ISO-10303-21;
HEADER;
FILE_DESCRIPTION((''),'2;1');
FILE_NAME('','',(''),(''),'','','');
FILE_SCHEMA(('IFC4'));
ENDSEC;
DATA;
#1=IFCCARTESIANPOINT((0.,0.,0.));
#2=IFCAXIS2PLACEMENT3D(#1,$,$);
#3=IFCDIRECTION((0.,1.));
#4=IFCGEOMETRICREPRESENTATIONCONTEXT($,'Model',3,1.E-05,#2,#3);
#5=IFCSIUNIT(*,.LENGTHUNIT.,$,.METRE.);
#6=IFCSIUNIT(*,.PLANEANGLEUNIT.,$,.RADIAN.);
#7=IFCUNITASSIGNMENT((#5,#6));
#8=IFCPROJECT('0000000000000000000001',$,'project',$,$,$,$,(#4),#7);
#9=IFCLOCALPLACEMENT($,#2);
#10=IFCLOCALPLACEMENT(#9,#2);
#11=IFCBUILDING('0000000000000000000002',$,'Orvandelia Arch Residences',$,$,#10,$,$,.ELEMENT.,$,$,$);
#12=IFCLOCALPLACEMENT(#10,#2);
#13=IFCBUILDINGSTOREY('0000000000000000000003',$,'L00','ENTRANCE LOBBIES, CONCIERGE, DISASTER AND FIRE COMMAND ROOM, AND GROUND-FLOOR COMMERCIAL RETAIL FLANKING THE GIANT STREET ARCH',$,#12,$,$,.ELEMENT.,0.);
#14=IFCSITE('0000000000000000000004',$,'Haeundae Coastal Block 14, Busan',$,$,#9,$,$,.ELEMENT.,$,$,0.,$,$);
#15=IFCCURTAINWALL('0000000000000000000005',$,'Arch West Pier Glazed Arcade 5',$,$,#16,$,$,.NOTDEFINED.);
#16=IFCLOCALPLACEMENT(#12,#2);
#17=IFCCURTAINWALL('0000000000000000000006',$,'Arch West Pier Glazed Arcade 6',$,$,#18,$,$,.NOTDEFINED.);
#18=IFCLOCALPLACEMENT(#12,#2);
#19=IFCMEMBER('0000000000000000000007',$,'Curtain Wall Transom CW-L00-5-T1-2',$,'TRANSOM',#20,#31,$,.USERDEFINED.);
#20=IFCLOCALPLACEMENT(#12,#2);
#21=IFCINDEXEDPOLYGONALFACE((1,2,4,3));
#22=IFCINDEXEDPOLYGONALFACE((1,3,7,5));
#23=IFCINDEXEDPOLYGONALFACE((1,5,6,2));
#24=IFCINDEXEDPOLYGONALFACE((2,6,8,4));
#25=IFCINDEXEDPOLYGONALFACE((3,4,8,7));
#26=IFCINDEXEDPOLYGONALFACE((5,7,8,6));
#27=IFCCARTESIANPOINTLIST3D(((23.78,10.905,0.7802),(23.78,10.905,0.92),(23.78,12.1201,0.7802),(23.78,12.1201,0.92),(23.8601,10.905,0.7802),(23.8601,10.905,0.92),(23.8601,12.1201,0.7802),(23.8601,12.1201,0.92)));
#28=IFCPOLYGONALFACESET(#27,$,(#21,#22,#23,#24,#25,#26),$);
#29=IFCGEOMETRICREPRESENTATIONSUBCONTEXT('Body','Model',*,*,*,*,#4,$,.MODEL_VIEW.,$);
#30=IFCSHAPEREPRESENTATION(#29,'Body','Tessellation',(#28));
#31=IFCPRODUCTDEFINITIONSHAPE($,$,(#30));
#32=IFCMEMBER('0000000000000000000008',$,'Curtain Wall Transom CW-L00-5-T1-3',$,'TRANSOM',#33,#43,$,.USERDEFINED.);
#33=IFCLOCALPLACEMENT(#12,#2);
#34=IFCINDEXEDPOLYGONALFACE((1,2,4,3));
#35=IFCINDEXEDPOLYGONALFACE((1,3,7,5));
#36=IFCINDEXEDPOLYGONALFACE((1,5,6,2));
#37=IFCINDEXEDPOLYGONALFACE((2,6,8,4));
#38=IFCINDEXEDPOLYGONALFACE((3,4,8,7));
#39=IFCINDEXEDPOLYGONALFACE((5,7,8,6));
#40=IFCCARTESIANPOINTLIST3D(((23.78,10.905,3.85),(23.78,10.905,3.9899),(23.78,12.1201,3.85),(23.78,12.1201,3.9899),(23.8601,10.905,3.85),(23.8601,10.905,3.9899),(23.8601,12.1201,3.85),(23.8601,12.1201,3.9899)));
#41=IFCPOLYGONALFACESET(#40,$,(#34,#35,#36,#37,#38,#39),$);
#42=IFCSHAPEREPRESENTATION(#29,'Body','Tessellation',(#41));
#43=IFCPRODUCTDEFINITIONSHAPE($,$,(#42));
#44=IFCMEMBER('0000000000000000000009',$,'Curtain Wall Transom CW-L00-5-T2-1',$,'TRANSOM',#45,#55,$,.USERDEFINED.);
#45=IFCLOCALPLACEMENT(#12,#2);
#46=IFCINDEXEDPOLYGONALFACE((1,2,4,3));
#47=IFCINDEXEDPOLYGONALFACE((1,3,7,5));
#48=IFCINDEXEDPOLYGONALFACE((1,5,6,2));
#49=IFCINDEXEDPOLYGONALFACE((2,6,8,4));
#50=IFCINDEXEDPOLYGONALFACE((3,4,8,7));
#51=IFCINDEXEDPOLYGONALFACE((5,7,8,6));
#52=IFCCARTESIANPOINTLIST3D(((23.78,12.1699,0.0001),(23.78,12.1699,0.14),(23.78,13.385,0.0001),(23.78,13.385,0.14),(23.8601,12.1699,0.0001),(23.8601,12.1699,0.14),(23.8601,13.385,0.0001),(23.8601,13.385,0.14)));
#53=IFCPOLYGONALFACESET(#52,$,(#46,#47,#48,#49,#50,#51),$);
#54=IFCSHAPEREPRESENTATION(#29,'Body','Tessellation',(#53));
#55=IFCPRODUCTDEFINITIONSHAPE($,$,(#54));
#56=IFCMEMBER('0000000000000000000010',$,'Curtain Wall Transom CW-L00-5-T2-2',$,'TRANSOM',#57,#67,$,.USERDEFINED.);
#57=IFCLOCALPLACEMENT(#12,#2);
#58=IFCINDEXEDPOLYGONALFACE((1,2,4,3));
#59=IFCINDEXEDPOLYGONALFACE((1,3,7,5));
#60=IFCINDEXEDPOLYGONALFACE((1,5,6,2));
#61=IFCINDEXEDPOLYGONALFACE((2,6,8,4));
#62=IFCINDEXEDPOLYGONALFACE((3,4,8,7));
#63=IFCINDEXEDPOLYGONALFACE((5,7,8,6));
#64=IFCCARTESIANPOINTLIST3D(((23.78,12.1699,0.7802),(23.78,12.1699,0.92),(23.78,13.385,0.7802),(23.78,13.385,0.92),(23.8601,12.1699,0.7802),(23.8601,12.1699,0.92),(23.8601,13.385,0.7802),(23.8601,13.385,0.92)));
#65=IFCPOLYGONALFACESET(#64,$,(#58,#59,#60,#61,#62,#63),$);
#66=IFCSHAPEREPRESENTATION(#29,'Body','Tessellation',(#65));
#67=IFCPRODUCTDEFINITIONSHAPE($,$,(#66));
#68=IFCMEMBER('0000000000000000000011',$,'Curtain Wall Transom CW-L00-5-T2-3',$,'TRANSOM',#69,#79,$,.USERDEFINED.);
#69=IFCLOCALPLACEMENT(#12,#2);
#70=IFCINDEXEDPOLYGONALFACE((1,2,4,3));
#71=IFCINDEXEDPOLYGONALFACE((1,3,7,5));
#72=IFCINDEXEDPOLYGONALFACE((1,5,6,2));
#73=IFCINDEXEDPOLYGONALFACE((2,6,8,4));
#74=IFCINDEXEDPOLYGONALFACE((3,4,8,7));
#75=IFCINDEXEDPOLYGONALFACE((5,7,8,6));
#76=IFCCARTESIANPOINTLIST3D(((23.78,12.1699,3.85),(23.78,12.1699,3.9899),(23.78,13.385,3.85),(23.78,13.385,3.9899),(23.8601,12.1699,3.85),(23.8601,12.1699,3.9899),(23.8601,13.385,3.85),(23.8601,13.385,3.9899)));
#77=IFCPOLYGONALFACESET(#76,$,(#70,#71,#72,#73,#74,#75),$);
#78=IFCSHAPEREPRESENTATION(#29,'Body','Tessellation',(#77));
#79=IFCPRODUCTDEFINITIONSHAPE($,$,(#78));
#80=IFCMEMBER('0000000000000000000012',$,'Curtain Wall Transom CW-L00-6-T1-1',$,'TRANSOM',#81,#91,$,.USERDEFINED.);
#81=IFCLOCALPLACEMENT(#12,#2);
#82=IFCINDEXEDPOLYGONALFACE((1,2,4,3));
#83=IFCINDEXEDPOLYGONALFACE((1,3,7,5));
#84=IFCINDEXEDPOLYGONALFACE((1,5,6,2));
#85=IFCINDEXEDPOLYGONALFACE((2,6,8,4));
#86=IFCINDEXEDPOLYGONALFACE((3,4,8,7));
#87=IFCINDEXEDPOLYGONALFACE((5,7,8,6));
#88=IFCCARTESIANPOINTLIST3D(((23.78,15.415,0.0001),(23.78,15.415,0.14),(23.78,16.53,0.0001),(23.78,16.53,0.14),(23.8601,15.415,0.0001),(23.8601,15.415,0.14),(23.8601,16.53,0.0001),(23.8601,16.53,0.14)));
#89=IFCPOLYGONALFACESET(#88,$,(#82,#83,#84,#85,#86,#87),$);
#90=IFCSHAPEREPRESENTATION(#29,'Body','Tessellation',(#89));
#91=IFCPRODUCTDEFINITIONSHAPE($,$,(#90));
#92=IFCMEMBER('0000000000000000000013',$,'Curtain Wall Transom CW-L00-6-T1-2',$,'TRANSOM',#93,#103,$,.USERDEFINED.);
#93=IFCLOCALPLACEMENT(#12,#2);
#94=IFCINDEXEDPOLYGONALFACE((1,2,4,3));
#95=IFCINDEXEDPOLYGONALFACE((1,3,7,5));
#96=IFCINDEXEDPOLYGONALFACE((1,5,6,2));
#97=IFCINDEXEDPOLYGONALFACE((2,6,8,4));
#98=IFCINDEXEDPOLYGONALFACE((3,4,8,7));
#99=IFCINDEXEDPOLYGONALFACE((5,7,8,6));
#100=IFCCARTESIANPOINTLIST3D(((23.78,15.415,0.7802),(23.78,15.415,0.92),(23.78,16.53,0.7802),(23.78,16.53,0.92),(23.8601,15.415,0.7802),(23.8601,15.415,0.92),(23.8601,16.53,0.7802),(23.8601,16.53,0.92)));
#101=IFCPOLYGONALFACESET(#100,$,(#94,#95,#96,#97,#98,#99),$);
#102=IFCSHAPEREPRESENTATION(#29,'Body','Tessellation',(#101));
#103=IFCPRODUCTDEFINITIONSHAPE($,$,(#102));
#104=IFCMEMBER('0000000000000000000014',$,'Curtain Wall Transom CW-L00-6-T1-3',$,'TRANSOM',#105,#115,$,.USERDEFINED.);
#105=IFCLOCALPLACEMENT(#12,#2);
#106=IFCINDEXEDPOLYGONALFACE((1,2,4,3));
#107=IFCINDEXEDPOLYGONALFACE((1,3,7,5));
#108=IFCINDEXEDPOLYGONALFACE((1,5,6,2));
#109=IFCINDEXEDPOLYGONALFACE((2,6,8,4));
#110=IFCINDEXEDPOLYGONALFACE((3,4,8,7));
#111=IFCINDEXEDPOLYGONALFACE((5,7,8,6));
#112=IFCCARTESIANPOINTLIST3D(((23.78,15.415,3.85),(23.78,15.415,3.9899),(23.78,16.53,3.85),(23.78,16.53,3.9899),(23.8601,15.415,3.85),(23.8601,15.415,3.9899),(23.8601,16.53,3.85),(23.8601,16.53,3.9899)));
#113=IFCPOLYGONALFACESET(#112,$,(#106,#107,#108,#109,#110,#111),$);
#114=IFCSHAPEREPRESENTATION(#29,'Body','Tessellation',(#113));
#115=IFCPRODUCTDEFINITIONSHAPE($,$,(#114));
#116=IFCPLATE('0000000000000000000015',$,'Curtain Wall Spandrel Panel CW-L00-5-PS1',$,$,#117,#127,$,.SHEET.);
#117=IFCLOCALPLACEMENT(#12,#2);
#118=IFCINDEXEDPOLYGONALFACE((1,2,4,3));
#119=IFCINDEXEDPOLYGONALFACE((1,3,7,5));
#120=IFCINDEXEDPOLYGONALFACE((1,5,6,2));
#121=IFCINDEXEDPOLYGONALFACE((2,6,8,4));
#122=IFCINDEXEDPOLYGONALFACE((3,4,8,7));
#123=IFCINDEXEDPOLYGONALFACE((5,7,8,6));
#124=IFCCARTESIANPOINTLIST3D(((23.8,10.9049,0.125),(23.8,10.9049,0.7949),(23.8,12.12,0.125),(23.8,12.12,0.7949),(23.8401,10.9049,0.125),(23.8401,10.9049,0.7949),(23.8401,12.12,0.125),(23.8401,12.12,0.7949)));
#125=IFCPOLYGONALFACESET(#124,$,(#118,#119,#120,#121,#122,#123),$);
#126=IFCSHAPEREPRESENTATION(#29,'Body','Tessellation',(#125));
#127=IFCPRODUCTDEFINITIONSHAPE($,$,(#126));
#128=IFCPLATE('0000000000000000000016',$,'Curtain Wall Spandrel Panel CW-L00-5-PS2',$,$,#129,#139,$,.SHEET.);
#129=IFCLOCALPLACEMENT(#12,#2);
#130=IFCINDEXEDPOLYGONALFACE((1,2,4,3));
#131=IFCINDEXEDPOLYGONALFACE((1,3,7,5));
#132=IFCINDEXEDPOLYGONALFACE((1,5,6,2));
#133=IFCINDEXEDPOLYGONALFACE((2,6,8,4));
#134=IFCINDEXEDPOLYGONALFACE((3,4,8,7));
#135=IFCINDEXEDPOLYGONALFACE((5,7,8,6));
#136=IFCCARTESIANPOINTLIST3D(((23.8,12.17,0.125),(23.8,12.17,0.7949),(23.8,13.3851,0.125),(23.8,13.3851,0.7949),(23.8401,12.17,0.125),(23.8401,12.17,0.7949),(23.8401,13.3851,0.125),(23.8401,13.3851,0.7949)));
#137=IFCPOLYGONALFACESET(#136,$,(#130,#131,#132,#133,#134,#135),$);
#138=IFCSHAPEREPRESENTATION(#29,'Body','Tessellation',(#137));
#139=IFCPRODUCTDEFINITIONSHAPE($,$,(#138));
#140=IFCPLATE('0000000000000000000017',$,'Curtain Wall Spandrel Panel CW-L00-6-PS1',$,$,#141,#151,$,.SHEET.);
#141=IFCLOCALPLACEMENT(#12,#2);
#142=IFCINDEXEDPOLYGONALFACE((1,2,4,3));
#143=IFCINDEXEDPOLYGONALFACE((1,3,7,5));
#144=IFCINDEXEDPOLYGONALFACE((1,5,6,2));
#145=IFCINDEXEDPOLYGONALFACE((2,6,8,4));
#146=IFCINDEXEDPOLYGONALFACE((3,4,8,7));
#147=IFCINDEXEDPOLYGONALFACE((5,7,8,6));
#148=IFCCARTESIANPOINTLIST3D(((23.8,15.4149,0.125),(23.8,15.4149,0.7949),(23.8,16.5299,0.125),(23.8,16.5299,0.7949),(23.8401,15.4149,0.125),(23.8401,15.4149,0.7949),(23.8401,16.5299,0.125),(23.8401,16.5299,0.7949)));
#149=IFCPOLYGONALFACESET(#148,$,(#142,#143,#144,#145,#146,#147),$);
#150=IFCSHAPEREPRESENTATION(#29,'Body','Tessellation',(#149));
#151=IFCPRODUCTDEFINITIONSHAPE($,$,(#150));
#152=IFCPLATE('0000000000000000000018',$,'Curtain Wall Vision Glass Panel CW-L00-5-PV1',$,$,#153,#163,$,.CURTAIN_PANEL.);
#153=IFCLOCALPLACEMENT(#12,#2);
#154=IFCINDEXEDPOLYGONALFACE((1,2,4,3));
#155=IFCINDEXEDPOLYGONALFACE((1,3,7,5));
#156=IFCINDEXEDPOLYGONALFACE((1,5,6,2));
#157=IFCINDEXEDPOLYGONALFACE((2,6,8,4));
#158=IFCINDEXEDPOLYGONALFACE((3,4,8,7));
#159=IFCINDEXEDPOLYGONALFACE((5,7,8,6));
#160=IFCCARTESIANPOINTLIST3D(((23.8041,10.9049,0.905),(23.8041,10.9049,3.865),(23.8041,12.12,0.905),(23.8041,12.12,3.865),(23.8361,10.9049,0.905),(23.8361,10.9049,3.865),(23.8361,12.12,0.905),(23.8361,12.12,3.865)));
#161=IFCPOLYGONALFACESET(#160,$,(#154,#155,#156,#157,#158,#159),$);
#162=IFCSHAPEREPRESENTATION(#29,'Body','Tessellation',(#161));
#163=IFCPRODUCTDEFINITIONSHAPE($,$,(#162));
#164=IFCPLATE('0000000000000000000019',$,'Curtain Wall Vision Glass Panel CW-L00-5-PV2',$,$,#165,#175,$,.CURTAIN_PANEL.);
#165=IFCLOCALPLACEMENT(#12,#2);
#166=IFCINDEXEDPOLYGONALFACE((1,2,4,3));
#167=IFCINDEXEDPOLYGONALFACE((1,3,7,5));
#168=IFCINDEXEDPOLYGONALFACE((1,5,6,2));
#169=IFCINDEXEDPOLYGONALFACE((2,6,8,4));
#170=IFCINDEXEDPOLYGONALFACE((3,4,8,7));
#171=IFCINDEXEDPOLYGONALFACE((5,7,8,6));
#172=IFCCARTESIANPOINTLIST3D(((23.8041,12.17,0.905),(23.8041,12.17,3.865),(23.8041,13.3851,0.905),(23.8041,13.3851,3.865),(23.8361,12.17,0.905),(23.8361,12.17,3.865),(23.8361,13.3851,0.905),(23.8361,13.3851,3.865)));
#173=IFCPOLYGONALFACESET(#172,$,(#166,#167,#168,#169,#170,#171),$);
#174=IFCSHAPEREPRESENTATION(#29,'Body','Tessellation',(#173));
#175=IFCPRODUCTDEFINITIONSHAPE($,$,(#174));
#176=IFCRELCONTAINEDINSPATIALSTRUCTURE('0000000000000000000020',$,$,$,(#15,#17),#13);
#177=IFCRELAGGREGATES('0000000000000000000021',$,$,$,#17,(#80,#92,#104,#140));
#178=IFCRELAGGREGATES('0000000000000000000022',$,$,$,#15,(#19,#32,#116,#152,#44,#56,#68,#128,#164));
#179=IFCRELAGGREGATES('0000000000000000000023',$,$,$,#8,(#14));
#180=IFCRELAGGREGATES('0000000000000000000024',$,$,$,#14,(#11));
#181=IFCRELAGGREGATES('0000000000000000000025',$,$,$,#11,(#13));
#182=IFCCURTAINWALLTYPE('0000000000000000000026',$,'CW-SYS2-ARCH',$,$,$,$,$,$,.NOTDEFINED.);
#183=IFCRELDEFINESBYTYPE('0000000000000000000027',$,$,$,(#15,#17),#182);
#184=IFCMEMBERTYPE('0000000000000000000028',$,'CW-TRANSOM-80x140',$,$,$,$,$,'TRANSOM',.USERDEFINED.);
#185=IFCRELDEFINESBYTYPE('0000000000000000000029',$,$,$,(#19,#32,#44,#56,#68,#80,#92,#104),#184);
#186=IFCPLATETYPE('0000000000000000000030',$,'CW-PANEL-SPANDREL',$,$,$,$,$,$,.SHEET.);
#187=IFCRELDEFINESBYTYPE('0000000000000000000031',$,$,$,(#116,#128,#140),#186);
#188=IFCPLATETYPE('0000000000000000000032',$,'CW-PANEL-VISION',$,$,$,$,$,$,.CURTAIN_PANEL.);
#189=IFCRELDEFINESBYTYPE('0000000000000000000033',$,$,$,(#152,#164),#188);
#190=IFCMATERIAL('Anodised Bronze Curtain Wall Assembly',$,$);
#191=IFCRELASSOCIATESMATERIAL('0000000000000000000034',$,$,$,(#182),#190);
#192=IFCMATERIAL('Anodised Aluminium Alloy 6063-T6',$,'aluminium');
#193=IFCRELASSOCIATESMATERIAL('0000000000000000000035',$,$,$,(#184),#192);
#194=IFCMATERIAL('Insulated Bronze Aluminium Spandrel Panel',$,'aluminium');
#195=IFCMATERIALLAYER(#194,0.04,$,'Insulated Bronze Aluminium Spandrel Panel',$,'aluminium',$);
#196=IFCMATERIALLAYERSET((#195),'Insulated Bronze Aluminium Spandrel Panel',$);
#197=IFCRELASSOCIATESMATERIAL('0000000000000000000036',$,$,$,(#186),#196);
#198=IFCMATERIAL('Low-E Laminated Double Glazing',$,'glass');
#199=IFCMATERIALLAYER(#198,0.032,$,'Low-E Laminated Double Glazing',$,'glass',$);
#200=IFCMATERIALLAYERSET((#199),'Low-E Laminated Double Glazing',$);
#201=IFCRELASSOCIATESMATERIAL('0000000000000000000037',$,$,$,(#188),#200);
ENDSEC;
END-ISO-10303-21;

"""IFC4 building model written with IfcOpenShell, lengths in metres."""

from ifc_helpers import new_model, si_unit, direction, frame, origin, origin_2d, place, context, subcontext, project, spatial, rectangle, extrude, material, layer, layer_set, material_profile, profile_set, type_object, element, aggregate, save


model = new_model("IFC4")

# Units and contexts
model_context = context("Model", 3, precision=1e-05, world=origin(), true_north=direction((0.0, 1.0)))
body_context = subcontext(model_context, "Body", "Model", "MODEL_VIEW")
ifc_project = project(units=[si_unit("LENGTHUNIT", "METRE"), si_unit("PLANEANGLEUNIT", "RADIAN")], contexts=[model_context])

# Site, building, storey
site_placement = place(None, origin())
site = spatial("IfcSite", under=ifc_project, at=site_placement, Name="Haeundae Coastal Block 14, Busan", CompositionType="ELEMENT", RefElevation=0.0)
building_placement = place(site_placement, origin())
building = spatial("IfcBuilding", under=site, at=building_placement, Name="Orvandelia Arch Residences", CompositionType="ELEMENT")
storey_placement = place(building_placement, origin())
storey = spatial("IfcBuildingStorey", under=building, at=storey_placement, Name="L00", Description="ENTRANCE LOBBIES, CONCIERGE, DISASTER AND FIRE COMMAND ROOM, AND GROUND-FLOOR COMMERCIAL RETAIL FLANKING THE GIANT STREET ARCH", CompositionType="ELEMENT", Elevation=0.0)

# Curtain wall
ifc_material_1 = material(Name="Anodised Bronze Curtain Wall Assembly")
curtain_wall_type = type_object("IfcCurtainWallType", Name="CW-SYS2-ARCH", PredefinedType="NOTDEFINED", material=ifc_material_1)
curtain_wall_1_placement = place(storey_placement, origin())
curtain_wall_1 = element("IfcCurtainWall", 1, at=curtain_wall_1_placement, inside=storey, type_object=curtain_wall_type, Name="Arch West Pier Glazed Arcade 5", PredefinedType="NOTDEFINED")
ifc_material_2 = material(Name="Anodised Aluminium Alloy 6063-T6", Category="aluminium")

# Curtain wall
curtain_wall_2_placement = place(storey_placement, origin())
curtain_wall_2 = element("IfcCurtainWall", 2, at=curtain_wall_2_placement, inside=storey, type_object=curtain_wall_type, Name="Arch West Pier Glazed Arcade 6", PredefinedType="NOTDEFINED")

# Members
ifc_material_profile_1 = material_profile(ifc_material_2, rectangle(XDim=0.0801, YDim=0.1399, at=origin_2d()), Name="Anodised Aluminium Alloy 6063-T6", Category="aluminium")
ifc_profile_set_1 = profile_set([ifc_material_profile_1], Name="Anodised Aluminium Alloy 6063-T6")
member_type_1 = type_object("IfcMemberType", Name="CW-TRANSOM-80x140", ElementType="TRANSOM", PredefinedType="USERDEFINED", material=ifc_profile_set_1)
member_1_placement = place(storey_placement, frame((23.8201, 10.905, 0.8501), z_axis=(0.0, 1.0, 0.0), x_axis=(-1.0, 0.0, 0.0)))
member_1 = element("IfcMember", 3, at=member_1_placement, type_object=member_type_1, Name="Curtain Wall Transom CW-L00-5-T1-2", ObjectType="TRANSOM", PredefinedType="USERDEFINED", context=body_context, shape_type="SweptSolid", body=[
    extrude(rectangle(XDim=0.0801, YDim=0.1399, at=origin_2d()), origin(), (0.0, 0.0, 1.0), 1.2151),
])
member_2_placement = place(storey_placement, frame((23.8201, 10.905, 3.9199), z_axis=(0.0, 1.0, 0.0), x_axis=(-1.0, 0.0, 0.0)))
member_2 = element("IfcMember", 4, at=member_2_placement, type_object=member_type_1, Name="Curtain Wall Transom CW-L00-5-T1-3", ObjectType="TRANSOM", PredefinedType="USERDEFINED", context=body_context, shape_type="SweptSolid", body=[
    extrude(rectangle(XDim=0.0801, YDim=0.1399, at=origin_2d()), origin(), (0.0, 0.0, 1.0), 1.2151),
])
member_3_placement = place(storey_placement, frame((23.8201, 12.1699, 0.0701), z_axis=(0.0, 1.0, 0.0), x_axis=(-1.0, 0.0, 0.0)))
member_3 = element("IfcMember", 5, at=member_3_placement, type_object=member_type_1, Name="Curtain Wall Transom CW-L00-5-T2-1", ObjectType="TRANSOM", PredefinedType="USERDEFINED", context=body_context, shape_type="SweptSolid", body=[
    extrude(rectangle(XDim=0.0801, YDim=0.1399, at=origin_2d()), origin(), (0.0, 0.0, 1.0), 1.2151),
])
member_4_placement = place(storey_placement, frame((23.8201, 12.1699, 0.8501), z_axis=(0.0, 1.0, 0.0), x_axis=(-1.0, 0.0, 0.0)))
member_4 = element("IfcMember", 6, at=member_4_placement, type_object=member_type_1, Name="Curtain Wall Transom CW-L00-5-T2-2", ObjectType="TRANSOM", PredefinedType="USERDEFINED", context=body_context, shape_type="SweptSolid", body=[
    extrude(rectangle(XDim=0.0801, YDim=0.1399, at=origin_2d()), origin(), (0.0, 0.0, 1.0), 1.2151),
])
member_5_placement = place(storey_placement, frame((23.8201, 12.1699, 3.9199), z_axis=(0.0, 1.0, 0.0), x_axis=(-1.0, 0.0, 0.0)))
member_5 = element("IfcMember", 7, at=member_5_placement, type_object=member_type_1, Name="Curtain Wall Transom CW-L00-5-T2-3", ObjectType="TRANSOM", PredefinedType="USERDEFINED", context=body_context, shape_type="SweptSolid", body=[
    extrude(rectangle(XDim=0.0801, YDim=0.1399, at=origin_2d()), origin(), (0.0, 0.0, 1.0), 1.2151),
])
member_6_placement = place(storey_placement, frame((23.8201, 15.415, 0.0701), z_axis=(0.0, 1.0, 0.0), x_axis=(-1.0, 0.0, 0.0)))
member_6 = element("IfcMember", 8, at=member_6_placement, type_object=member_type_1, Name="Curtain Wall Transom CW-L00-6-T1-1", ObjectType="TRANSOM", PredefinedType="USERDEFINED", context=body_context, shape_type="SweptSolid", body=[
    extrude(rectangle(XDim=0.0801, YDim=0.1399, at=origin_2d()), origin(), (0.0, 0.0, 1.0), 1.115),
])
member_7_placement = place(storey_placement, frame((23.8201, 15.415, 0.8501), z_axis=(0.0, 1.0, 0.0), x_axis=(-1.0, 0.0, 0.0)))
member_7 = element("IfcMember", 9, at=member_7_placement, type_object=member_type_1, Name="Curtain Wall Transom CW-L00-6-T1-2", ObjectType="TRANSOM", PredefinedType="USERDEFINED", context=body_context, shape_type="SweptSolid", body=[
    extrude(rectangle(XDim=0.0801, YDim=0.1399, at=origin_2d()), origin(), (0.0, 0.0, 1.0), 1.115),
])
member_8_placement = place(storey_placement, frame((23.8201, 15.415, 3.9199), z_axis=(0.0, 1.0, 0.0), x_axis=(-1.0, 0.0, 0.0)))
member_8 = element("IfcMember", 10, at=member_8_placement, type_object=member_type_1, Name="Curtain Wall Transom CW-L00-6-T1-3", ObjectType="TRANSOM", PredefinedType="USERDEFINED", context=body_context, shape_type="SweptSolid", body=[
    extrude(rectangle(XDim=0.0801, YDim=0.1399, at=origin_2d()), origin(), (0.0, 0.0, 1.0), 1.115),
])

# Plates
ifc_material_3 = material(Name="Insulated Bronze Aluminium Spandrel Panel", Category="aluminium")
ifc_layer_1 = layer(ifc_material_3, 0.04, Name="Insulated Bronze Aluminium Spandrel Panel", Category="aluminium")
ifc_layer_set_1 = layer_set([ifc_layer_1], Name="Insulated Bronze Aluminium Spandrel Panel")
plate_type_1 = type_object("IfcPlateType", Name="CW-PANEL-SPANDREL", PredefinedType="SHEET", material=ifc_layer_set_1)
plate_1_placement = place(storey_placement, frame((23.8201, 11.5125, 0.125), z_axis=(0.0, 0.0, 1.0), x_axis=(0.0, 1.0, 0.0)))
plate_1 = element("IfcPlate", 11, at=plate_1_placement, type_object=plate_type_1, Name="Curtain Wall Spandrel Panel CW-L00-5-PS1", PredefinedType="SHEET", context=body_context, shape_type="SweptSolid", body=[
    extrude(rectangle(XDim=1.2151, YDim=0.04, at=origin_2d()), origin(), (0.0, 0.0, 1.0), 0.6699),
])
plate_2_placement = place(storey_placement, frame((23.8201, 12.7776, 0.125), z_axis=(0.0, 0.0, 1.0), x_axis=(0.0, 1.0, 0.0)))
plate_2 = element("IfcPlate", 12, at=plate_2_placement, type_object=plate_type_1, Name="Curtain Wall Spandrel Panel CW-L00-5-PS2", PredefinedType="SHEET", context=body_context, shape_type="SweptSolid", body=[
    extrude(rectangle(XDim=1.2151, YDim=0.04, at=origin_2d()), origin(), (0.0, 0.0, 1.0), 0.6699),
])
plate_3_placement = place(storey_placement, frame((23.8201, 15.9724, 0.125), z_axis=(0.0, 0.0, 1.0), x_axis=(0.0, 1.0, 0.0)))
plate_3 = element("IfcPlate", 13, at=plate_3_placement, type_object=plate_type_1, Name="Curtain Wall Spandrel Panel CW-L00-6-PS1", PredefinedType="SHEET", context=body_context, shape_type="SweptSolid", body=[
    extrude(rectangle(XDim=1.115, YDim=0.04, at=origin_2d()), origin(), (0.0, 0.0, 1.0), 0.6699),
])
aggregate(curtain_wall_2, [member_6, member_7, member_8, plate_3])
ifc_material_4 = material(Name="Low-E Laminated Double Glazing", Category="glass")
ifc_layer_2 = layer(ifc_material_4, 0.032, Name="Low-E Laminated Double Glazing", Category="glass")
ifc_layer_set_2 = layer_set([ifc_layer_2], Name="Low-E Laminated Double Glazing")
plate_type_2 = type_object("IfcPlateType", Name="CW-PANEL-VISION", PredefinedType="CURTAIN_PANEL", material=ifc_layer_set_2)
plate_4_placement = place(storey_placement, frame((23.8201, 11.5125, 0.905), z_axis=(0.0, 0.0, 1.0), x_axis=(0.0, 1.0, 0.0)))
plate_4 = element("IfcPlate", 14, at=plate_4_placement, type_object=plate_type_2, Name="Curtain Wall Vision Glass Panel CW-L00-5-PV1", PredefinedType="CURTAIN_PANEL", context=body_context, shape_type="SweptSolid", body=[
    extrude(rectangle(XDim=1.2151, YDim=0.032, at=origin_2d()), origin(), (0.0, 0.0, 1.0), 2.96),
])
plate_5_placement = place(storey_placement, frame((23.8201, 12.7776, 0.905), z_axis=(0.0, 0.0, 1.0), x_axis=(0.0, 1.0, 0.0)))
plate_5 = element("IfcPlate", 15, at=plate_5_placement, type_object=plate_type_2, Name="Curtain Wall Vision Glass Panel CW-L00-5-PV2", PredefinedType="CURTAIN_PANEL", context=body_context, shape_type="SweptSolid", body=[
    extrude(rectangle(XDim=1.2151, YDim=0.032, at=origin_2d()), origin(), (0.0, 0.0, 1.0), 2.96),
])
aggregate(curtain_wall_1, [member_1, member_2, plate_1, plate_4, member_3, member_4, member_5, plate_2, plate_5])

save(model, "model.ifc")
